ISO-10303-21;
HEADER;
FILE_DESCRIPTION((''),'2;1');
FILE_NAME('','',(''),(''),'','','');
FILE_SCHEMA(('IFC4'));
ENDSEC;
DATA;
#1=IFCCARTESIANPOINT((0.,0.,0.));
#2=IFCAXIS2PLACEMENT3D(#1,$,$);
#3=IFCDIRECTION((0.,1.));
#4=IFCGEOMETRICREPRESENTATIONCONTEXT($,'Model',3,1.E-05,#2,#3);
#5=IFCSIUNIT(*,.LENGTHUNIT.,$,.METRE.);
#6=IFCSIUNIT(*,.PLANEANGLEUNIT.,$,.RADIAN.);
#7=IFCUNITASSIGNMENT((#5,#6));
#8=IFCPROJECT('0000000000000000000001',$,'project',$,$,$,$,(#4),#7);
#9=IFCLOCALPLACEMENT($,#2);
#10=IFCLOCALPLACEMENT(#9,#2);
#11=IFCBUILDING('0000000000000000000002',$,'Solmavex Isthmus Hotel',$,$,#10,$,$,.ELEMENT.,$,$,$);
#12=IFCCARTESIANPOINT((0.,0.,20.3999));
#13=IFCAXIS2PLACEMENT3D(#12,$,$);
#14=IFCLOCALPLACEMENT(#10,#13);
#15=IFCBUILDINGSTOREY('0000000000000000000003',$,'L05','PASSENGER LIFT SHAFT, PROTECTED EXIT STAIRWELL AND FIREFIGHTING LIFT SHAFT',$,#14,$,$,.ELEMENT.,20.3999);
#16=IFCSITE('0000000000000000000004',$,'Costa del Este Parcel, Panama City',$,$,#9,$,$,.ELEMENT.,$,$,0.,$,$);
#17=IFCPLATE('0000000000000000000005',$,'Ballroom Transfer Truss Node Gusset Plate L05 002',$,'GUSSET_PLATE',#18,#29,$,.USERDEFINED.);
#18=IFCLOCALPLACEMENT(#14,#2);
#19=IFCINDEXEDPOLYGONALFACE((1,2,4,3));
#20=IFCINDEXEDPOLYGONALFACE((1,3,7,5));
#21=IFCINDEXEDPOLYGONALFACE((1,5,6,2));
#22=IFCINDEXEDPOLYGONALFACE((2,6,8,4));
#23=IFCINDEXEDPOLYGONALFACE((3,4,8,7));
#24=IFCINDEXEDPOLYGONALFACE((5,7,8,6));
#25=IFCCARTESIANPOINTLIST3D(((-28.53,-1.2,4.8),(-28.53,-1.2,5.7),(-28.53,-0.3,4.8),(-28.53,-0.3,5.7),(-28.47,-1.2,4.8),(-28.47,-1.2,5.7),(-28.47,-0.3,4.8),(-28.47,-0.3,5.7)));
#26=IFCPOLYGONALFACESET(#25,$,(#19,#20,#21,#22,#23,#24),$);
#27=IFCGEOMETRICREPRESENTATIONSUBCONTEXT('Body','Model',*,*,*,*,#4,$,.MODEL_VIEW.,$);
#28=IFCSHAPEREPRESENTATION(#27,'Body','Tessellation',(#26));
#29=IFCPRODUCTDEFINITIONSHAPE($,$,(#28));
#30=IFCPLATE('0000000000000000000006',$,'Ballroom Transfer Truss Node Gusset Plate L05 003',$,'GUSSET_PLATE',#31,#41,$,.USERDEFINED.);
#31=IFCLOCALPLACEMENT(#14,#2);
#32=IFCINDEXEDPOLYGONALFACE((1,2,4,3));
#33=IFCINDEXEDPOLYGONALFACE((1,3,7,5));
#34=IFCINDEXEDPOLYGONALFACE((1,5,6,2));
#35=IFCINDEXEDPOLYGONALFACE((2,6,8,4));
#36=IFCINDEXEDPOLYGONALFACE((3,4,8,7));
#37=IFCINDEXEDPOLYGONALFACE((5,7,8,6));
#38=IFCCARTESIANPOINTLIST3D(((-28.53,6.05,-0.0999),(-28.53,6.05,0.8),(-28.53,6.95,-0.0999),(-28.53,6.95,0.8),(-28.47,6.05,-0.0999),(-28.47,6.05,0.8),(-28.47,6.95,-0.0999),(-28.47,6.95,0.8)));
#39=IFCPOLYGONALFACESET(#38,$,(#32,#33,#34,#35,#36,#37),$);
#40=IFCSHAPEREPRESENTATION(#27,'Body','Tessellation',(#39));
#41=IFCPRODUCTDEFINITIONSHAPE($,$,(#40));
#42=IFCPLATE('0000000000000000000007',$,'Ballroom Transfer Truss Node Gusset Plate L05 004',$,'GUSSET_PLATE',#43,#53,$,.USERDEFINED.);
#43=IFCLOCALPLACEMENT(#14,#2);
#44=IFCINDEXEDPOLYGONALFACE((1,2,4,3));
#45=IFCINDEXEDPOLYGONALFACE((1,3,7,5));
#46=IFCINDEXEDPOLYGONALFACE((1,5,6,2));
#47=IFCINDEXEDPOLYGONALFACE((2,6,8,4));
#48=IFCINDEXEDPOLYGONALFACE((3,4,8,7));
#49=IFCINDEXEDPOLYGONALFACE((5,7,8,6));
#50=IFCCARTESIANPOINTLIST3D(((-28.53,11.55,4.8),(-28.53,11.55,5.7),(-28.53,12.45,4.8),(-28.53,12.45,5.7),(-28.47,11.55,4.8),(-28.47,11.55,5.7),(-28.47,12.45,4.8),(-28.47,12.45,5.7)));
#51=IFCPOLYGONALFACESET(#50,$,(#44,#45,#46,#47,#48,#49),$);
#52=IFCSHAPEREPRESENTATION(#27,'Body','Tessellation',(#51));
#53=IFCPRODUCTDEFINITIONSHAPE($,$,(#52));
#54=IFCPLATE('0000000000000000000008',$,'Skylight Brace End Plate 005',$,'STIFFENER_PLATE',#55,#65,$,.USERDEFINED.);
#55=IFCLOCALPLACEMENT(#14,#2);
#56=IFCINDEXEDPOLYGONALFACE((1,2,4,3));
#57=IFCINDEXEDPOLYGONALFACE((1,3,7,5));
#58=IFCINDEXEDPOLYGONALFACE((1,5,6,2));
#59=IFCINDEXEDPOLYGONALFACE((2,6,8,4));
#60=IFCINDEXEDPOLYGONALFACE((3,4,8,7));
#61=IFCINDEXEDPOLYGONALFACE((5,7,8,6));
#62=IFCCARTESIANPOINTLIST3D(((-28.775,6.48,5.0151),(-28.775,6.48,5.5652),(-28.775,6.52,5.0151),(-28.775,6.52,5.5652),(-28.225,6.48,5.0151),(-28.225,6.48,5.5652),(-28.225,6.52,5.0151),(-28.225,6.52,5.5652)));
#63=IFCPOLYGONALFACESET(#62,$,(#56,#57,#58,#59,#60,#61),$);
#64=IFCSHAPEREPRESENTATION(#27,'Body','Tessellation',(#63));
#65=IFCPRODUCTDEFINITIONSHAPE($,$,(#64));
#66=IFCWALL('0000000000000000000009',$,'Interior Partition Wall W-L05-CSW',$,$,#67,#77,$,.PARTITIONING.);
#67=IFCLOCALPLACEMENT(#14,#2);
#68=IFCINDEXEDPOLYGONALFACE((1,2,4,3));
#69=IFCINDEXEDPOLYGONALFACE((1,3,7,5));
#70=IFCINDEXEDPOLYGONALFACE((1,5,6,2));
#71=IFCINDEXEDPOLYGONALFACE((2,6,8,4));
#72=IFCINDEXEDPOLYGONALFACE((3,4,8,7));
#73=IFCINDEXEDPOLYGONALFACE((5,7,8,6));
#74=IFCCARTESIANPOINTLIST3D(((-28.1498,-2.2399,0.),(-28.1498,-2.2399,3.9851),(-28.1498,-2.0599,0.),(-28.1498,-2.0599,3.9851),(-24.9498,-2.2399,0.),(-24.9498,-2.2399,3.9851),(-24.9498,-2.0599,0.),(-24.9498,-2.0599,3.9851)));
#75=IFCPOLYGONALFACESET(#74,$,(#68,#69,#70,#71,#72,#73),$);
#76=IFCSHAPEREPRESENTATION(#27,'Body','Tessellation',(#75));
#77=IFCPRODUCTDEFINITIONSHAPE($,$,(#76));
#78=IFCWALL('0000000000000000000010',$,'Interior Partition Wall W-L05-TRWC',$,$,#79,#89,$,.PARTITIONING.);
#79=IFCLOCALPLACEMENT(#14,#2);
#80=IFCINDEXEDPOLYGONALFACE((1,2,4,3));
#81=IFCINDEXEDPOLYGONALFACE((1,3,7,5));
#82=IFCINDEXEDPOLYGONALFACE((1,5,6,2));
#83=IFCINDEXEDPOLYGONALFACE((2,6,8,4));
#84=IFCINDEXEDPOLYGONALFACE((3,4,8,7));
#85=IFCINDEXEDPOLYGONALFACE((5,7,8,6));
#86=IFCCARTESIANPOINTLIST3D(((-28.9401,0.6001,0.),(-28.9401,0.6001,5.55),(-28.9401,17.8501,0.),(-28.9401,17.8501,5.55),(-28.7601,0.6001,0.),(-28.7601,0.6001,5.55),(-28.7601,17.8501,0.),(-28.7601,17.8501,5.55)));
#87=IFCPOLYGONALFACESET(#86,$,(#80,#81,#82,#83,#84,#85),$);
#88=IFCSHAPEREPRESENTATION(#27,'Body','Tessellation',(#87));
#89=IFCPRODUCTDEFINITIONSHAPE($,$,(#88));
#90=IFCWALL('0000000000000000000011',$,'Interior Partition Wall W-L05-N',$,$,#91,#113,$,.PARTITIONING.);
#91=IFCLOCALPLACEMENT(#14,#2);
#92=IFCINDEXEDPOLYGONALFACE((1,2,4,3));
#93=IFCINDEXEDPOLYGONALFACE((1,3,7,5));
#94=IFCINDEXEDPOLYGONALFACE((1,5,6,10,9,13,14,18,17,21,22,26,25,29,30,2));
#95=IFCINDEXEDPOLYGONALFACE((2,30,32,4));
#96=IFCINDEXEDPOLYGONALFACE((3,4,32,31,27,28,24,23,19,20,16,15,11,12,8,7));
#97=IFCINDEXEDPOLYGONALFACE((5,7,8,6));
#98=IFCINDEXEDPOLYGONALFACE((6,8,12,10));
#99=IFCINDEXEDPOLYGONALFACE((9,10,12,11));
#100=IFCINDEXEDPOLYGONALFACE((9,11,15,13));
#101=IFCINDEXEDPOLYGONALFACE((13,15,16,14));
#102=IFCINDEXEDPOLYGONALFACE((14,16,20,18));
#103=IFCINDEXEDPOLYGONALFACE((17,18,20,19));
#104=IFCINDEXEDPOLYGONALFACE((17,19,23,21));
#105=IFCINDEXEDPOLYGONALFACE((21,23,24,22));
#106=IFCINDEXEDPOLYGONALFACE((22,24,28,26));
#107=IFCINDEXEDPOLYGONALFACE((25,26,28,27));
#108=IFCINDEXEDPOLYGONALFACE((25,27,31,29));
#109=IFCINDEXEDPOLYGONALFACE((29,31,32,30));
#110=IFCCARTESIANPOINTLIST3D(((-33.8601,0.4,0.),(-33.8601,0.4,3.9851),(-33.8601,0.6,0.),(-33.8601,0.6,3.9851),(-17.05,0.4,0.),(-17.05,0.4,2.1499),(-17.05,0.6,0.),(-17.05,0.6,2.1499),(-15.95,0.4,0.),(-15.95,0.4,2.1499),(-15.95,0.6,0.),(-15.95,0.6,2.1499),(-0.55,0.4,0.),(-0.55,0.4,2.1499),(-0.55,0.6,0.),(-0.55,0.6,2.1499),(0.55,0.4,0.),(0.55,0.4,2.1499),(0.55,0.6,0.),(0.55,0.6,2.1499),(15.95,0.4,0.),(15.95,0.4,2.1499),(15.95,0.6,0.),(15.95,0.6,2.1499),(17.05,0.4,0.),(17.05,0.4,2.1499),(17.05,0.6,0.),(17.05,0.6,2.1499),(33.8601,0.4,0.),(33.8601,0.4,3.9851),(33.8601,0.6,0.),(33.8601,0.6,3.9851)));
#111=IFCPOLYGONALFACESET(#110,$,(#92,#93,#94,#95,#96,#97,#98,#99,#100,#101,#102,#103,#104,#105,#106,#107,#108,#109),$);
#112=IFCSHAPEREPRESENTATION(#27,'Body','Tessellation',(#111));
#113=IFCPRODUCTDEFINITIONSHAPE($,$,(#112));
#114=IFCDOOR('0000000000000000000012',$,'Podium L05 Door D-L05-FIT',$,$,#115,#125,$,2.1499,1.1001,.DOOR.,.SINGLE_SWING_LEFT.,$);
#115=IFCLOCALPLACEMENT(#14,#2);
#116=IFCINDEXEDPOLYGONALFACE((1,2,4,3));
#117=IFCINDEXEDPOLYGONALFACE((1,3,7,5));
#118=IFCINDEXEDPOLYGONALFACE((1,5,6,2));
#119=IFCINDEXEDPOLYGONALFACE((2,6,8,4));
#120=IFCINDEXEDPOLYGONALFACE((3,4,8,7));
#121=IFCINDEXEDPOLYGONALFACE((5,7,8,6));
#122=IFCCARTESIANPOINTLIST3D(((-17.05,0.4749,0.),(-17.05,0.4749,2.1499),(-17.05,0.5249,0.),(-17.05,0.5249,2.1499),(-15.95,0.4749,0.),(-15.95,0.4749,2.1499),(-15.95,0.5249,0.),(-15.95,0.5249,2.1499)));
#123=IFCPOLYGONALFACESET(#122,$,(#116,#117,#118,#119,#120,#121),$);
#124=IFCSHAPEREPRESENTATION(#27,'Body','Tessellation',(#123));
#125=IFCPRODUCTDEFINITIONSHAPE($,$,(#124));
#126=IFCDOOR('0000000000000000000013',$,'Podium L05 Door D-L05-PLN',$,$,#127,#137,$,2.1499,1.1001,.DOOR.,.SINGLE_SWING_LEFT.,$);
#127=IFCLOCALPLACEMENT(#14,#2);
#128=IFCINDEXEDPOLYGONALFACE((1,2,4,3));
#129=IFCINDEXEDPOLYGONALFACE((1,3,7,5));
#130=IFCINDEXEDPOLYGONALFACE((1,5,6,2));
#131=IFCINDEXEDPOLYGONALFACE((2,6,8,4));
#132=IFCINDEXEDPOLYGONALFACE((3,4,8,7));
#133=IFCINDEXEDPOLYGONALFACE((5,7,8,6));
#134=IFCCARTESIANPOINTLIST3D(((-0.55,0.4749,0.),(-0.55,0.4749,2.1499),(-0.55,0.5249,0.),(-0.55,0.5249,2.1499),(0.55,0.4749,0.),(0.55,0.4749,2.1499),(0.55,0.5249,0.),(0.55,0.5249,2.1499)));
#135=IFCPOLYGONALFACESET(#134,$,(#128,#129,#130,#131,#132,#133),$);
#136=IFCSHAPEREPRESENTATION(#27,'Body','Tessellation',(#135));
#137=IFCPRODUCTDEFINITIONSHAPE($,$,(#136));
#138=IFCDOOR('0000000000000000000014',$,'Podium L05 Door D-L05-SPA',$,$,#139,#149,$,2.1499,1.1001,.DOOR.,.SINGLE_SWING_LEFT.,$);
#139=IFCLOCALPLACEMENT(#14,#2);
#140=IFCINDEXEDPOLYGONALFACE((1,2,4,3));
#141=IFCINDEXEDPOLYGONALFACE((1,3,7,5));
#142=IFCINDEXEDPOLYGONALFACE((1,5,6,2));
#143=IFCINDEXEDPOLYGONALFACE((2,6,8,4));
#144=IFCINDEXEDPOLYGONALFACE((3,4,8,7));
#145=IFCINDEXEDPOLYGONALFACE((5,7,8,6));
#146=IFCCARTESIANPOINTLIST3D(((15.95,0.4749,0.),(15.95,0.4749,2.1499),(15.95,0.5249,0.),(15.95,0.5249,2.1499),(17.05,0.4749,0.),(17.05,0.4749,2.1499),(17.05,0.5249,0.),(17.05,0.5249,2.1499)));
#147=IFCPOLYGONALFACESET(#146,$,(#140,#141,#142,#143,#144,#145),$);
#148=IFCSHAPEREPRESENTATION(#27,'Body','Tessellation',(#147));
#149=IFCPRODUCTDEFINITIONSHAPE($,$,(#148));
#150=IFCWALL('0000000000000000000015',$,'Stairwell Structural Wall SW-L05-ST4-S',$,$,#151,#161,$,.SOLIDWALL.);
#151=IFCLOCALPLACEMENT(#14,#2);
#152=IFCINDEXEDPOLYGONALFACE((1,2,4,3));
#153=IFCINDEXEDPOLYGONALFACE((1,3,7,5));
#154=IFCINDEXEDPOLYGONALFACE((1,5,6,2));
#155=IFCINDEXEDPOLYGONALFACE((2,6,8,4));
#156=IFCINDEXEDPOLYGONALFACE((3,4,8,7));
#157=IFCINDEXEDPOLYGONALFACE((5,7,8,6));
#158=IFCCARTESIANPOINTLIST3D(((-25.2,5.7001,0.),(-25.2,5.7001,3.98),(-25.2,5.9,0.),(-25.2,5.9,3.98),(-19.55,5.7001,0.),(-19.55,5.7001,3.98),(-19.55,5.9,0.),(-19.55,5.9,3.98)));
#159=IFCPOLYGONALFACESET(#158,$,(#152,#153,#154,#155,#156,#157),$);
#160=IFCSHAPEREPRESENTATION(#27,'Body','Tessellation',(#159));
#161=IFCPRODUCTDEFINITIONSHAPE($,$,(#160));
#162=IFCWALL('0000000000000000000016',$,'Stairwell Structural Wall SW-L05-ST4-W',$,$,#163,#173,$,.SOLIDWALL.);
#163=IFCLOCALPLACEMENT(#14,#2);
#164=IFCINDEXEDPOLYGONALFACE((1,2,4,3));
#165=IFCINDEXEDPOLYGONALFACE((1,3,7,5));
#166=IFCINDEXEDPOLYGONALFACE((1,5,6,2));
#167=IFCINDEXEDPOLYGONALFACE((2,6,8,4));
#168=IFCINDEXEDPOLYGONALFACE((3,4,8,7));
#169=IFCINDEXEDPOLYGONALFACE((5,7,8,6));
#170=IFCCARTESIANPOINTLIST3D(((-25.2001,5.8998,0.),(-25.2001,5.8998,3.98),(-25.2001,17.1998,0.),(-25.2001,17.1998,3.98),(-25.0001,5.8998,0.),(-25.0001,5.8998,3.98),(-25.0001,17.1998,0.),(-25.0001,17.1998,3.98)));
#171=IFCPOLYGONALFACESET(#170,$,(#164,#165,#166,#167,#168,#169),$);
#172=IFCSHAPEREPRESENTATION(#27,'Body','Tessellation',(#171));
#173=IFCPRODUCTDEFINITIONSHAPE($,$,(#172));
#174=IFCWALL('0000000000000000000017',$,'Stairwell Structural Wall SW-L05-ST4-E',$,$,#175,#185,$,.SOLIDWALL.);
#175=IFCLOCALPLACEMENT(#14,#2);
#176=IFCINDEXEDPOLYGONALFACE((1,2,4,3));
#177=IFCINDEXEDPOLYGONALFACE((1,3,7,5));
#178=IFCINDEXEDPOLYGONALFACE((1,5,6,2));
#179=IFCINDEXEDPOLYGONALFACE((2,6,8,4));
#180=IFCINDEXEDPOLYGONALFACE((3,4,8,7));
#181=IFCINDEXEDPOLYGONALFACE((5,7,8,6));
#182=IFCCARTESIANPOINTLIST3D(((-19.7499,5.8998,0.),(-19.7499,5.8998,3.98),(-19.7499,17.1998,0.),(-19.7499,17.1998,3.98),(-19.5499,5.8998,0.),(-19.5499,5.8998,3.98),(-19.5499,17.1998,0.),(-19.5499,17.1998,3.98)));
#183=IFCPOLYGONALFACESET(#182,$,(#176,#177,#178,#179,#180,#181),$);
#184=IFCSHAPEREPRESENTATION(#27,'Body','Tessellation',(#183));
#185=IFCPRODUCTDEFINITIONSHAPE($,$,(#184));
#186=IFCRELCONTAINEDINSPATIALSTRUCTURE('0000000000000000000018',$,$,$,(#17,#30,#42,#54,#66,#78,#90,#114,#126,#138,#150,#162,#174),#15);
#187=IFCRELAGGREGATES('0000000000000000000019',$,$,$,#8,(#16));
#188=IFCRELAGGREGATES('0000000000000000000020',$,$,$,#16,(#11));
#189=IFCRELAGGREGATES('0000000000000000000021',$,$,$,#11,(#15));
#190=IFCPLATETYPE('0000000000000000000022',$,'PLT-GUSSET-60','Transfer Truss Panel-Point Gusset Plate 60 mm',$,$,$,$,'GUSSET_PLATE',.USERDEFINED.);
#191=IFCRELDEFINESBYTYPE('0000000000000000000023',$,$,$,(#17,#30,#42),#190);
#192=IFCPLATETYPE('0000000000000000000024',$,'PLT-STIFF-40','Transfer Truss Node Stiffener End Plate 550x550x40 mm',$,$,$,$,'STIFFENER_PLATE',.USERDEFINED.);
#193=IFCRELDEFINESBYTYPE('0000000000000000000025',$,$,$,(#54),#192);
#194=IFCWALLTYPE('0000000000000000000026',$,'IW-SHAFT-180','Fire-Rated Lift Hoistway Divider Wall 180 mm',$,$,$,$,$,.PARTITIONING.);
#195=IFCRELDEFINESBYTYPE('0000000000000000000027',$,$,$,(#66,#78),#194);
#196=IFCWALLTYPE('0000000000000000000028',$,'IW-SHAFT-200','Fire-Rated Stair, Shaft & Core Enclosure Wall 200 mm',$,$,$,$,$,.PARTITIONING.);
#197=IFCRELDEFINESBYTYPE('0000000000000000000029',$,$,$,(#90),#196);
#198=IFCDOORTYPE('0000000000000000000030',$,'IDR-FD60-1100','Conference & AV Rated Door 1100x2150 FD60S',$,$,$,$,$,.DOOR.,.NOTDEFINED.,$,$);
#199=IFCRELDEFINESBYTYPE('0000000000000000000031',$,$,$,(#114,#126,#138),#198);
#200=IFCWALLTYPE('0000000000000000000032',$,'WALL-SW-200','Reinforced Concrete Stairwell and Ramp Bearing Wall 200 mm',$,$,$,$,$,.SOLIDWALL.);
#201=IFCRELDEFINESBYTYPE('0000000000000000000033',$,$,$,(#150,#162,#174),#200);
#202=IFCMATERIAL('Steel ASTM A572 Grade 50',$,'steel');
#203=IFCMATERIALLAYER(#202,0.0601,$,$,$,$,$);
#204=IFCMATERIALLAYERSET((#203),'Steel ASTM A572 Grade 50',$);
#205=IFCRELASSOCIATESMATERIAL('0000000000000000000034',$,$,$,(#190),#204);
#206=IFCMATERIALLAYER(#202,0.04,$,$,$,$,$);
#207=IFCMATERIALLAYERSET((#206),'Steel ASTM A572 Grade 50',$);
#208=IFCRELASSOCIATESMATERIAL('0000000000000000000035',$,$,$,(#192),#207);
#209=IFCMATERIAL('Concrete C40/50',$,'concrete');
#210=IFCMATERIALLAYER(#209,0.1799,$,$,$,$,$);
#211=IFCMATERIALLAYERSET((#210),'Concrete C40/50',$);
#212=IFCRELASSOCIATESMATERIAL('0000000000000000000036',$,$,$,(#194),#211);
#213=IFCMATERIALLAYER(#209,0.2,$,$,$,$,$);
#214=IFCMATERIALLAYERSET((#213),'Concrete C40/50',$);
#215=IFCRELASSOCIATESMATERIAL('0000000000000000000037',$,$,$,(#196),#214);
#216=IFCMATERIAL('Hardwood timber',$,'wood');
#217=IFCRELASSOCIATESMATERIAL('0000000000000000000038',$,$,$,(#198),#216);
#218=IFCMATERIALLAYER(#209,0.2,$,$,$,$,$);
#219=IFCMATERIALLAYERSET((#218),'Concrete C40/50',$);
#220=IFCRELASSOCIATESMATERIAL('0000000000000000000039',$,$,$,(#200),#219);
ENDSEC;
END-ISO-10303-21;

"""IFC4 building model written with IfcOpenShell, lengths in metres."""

from ifc_helpers import new_model, si_unit, direction, frame, frame_2d, origin, origin_2d, place, context, subcontext, project, spatial, rectangle, extrude, material, layer, layer_set, type_object, element, fill, save


model = new_model("IFC4")

# Units and contexts
model_context = context("Model", 3, precision=1e-05, world=origin(), true_north=direction((0.0, 1.0)))
body_context = subcontext(model_context, "Body", "Model", "MODEL_VIEW")
ifc_project = project(units=[si_unit("LENGTHUNIT", "METRE"), si_unit("PLANEANGLEUNIT", "RADIAN")], contexts=[model_context])

# Site, building, storey
site_placement = place(None, origin())
site = spatial("IfcSite", under=ifc_project, at=site_placement, Name="Costa del Este Parcel, Panama City", CompositionType="ELEMENT", RefElevation=0.0)
building_placement = place(site_placement, origin())
building = spatial("IfcBuilding", under=site, at=building_placement, Name="Solmavex Isthmus Hotel", CompositionType="ELEMENT")
storey_placement = place(building_placement, frame((0.0, 0.0, 20.3999)))
storey = spatial("IfcBuildingStorey", under=building, at=storey_placement, Name="L05", Description="PASSENGER LIFT SHAFT, PROTECTED EXIT STAIRWELL AND FIREFIGHTING LIFT SHAFT", CompositionType="ELEMENT", Elevation=20.3999)

# Plates
ifc_material_1 = material(Name="Steel ASTM A572 Grade 50", Category="steel")
ifc_layer_1 = layer(ifc_material_1, 0.0601)
ifc_layer_set_1 = layer_set([ifc_layer_1], Name="Steel ASTM A572 Grade 50")
plate_type_1 = type_object("IfcPlateType", Name="PLT-GUSSET-60", Description="Transfer Truss Panel-Point Gusset Plate 60 mm", ElementType="GUSSET_PLATE", PredefinedType="USERDEFINED", material=ifc_layer_set_1)
for number, where, z_axis, x_axis, name in (
    (1, (-28.5, -0.75, 4.8), (0.0, 0.0, 1.0), (0.0, 1.0, 0.0), "Ballroom Transfer Truss Node Gusset Plate L05 002"),
    (2, (-28.5, 6.5, -0.0999), (0.0, 0.0, 1.0), (0.0, 1.0, 0.0), "Ballroom Transfer Truss Node Gusset Plate L05 003"),
    (3, (-28.5, 12.0, 4.8), (0.0, 0.0, 1.0), (0.0, 1.0, 0.0), "Ballroom Transfer Truss Node Gusset Plate L05 004"),
):
    element("IfcPlate", number, at=place(storey_placement, frame(where, z_axis=z_axis, x_axis=x_axis)), inside=storey, type_object=plate_type_1, Name=name, ObjectType="GUSSET_PLATE", PredefinedType="USERDEFINED", context=body_context, shape_type="SweptSolid", body=[
        extrude(rectangle(XDim=0.8999, YDim=0.0601, at=origin_2d()), origin(), (0.0, 0.0, 1.0), 0.8999),
    ])
ifc_layer_2 = layer(ifc_material_1, 0.04)
ifc_layer_set_2 = layer_set([ifc_layer_2], Name="Steel ASTM A572 Grade 50")
plate_type_2 = type_object("IfcPlateType", Name="PLT-STIFF-40", Description="Transfer Truss Node Stiffener End Plate 550x550x40 mm", ElementType="STIFFENER_PLATE", PredefinedType="USERDEFINED", material=ifc_layer_set_2)
plate_placement = place(storey_placement, frame((-28.5, 6.5, 5.0151), z_axis=(0.0, 0.0, 1.0), x_axis=(1.0, 0.0, 0.0)))
element("IfcPlate", 4, at=plate_placement, inside=storey, type_object=plate_type_2, Name="Skylight Brace End Plate 005", ObjectType="STIFFENER_PLATE", PredefinedType="USERDEFINED", context=body_context, shape_type="SweptSolid", body=[
    extrude(rectangle(XDim=0.55, YDim=0.04, at=origin_2d()), origin(), (0.0, 0.0, 1.0), 0.55),
])

# Walls
ifc_material_2 = material(Name="Concrete C40/50", Category="concrete")
ifc_layer_3 = layer(ifc_material_2, 0.1799)
ifc_layer_set_3 = layer_set([ifc_layer_3], Name="Concrete C40/50")
wall_type_1 = type_object("IfcWallType", Name="IW-SHAFT-180", Description="Fire-Rated Lift Hoistway Divider Wall 180 mm", PredefinedType="PARTITIONING", material=ifc_layer_set_3)
wall_1_placement = place(storey_placement, frame((-28.1499, -2.1499, 0.0), z_axis=(0.0, 0.0, 1.0), x_axis=(1.0, 0.0, 0.0)))
element("IfcWall", 5, at=wall_1_placement, inside=storey, type_object=wall_type_1, Name="Interior Partition Wall W-L05-CSW", PredefinedType="PARTITIONING", context=body_context, shape_type="SweptSolid", body=[
    extrude(rectangle(XDim=3.2, YDim=0.1799, at=frame_2d((1.6001, 0.0))), origin(), (0.0, 0.0, 1.0), 3.9851),
])
wall_2_placement = place(storey_placement, frame((-28.8501, 0.6001, 0.0), z_axis=(0.0, 0.0, 1.0), x_axis=(0.0, 1.0, 0.0)))
element("IfcWall", 6, at=wall_2_placement, inside=storey, type_object=wall_type_1, Name="Interior Partition Wall W-L05-TRWC", PredefinedType="PARTITIONING", context=body_context, shape_type="SweptSolid", body=[
    extrude(rectangle(XDim=17.25, YDim=0.1799, at=frame_2d((8.625, 0.0))), origin(), (0.0, 0.0, 1.0), 5.55),
])

# Wall, openings, doors
ifc_layer_4 = layer(ifc_material_2, 0.2)
ifc_layer_set_4 = layer_set([ifc_layer_4], Name="Concrete C40/50")
wall_type_2 = type_object("IfcWallType", Name="IW-SHAFT-200", Description="Fire-Rated Stair, Shaft & Core Enclosure Wall 200 mm", PredefinedType="PARTITIONING", material=ifc_layer_set_4)
wall_3_placement = place(storey_placement, frame((-33.8601, 0.5, 0.0), z_axis=(0.0, 0.0, 1.0), x_axis=(1.0, 0.0, 0.0)))
wall_3 = element("IfcWall", 7, at=wall_3_placement, inside=storey, type_object=wall_type_2, Name="Interior Partition Wall W-L05-N", PredefinedType="PARTITIONING", context=body_context, shape_type="SweptSolid", body=[
    extrude(rectangle(XDim=67.7202, YDim=0.2, at=frame_2d((33.8601, 0.0))), origin(), (0.0, 0.0, 1.0), 3.9851),
])
opening_1_placement = place(wall_3_placement, frame((16.8101, 0.0, 0.0)))
opening_1 = element("IfcOpeningElement", 8, at=opening_1_placement, cuts=wall_3, PredefinedType="OPENING", context=body_context, shape_type="SweptSolid", body=[
    extrude(rectangle(XDim=1.1001, YDim=2.1499, at=frame_2d((0.55, 1.075))), frame((0.0, 0.1099, 0.0), z_axis=(0.0, -1.0, 0.0), x_axis=(1.0, 0.0, 0.0)), (0.0, 0.0, 1.0), 0.22),
])
opening_2_placement = place(wall_3_placement, frame((33.3101, 0.0, 0.0)))
opening_2 = element("IfcOpeningElement", 9, at=opening_2_placement, cuts=wall_3, PredefinedType="OPENING", context=body_context, shape_type="SweptSolid", body=[
    extrude(rectangle(XDim=1.1001, YDim=2.1499, at=frame_2d((0.55, 1.075))), frame((0.0, 0.1099, 0.0), z_axis=(0.0, -1.0, 0.0), x_axis=(1.0, 0.0, 0.0)), (0.0, 0.0, 1.0), 0.22),
])
opening_3_placement = place(wall_3_placement, frame((49.8101, 0.0, 0.0)))
opening_3 = element("IfcOpeningElement", 10, at=opening_3_placement, cuts=wall_3, PredefinedType="OPENING", context=body_context, shape_type="SweptSolid", body=[
    extrude(rectangle(XDim=1.1001, YDim=2.1499, at=frame_2d((0.55, 1.075))), frame((0.0, 0.1099, 0.0), z_axis=(0.0, -1.0, 0.0), x_axis=(1.0, 0.0, 0.0)), (0.0, 0.0, 1.0), 0.22),
])
ifc_material_3 = material(Name="Hardwood timber", Category="wood")
door_type = type_object("IfcDoorType", Name="IDR-FD60-1100", Description="Conference & AV Rated Door 1100x2150 FD60S", OperationType="NOTDEFINED", PredefinedType="DOOR", material=ifc_material_3)
door_1_placement = place(opening_1_placement, origin())
door_1 = element("IfcDoor", 11, at=door_1_placement, inside=storey, type_object=door_type, Name="Podium L05 Door D-L05-FIT", OperationType="SINGLE_SWING_LEFT", OverallHeight=2.1499, OverallWidth=1.1001, PredefinedType="DOOR", context=body_context, shape_type="SweptSolid", body=[
    extrude(rectangle(XDim=1.1001, YDim=2.1499, at=frame_2d((0.55, 1.075))), frame((0.0, 0.0249, 0.0), z_axis=(0.0, -1.0, 0.0), x_axis=(1.0, 0.0, 0.0)), (0.0, 0.0, 1.0), 0.05),
])
fill(opening_1, door_1)
door_2_placement = place(opening_2_placement, origin())
door_2 = element("IfcDoor", 12, at=door_2_placement, inside=storey, type_object=door_type, Name="Podium L05 Door D-L05-PLN", OperationType="SINGLE_SWING_LEFT", OverallHeight=2.1499, OverallWidth=1.1001, PredefinedType="DOOR", context=body_context, shape_type="SweptSolid", body=[
    extrude(rectangle(XDim=1.1001, YDim=2.1499, at=frame_2d((0.55, 1.075))), frame((0.0, 0.0249, 0.0), z_axis=(0.0, -1.0, 0.0), x_axis=(1.0, 0.0, 0.0)), (0.0, 0.0, 1.0), 0.05),
])
fill(opening_2, door_2)
door_3_placement = place(opening_3_placement, origin())
door_3 = element("IfcDoor", 13, at=door_3_placement, inside=storey, type_object=door_type, Name="Podium L05 Door D-L05-SPA", OperationType="SINGLE_SWING_LEFT", OverallHeight=2.1499, OverallWidth=1.1001, PredefinedType="DOOR", context=body_context, shape_type="SweptSolid", body=[
    extrude(rectangle(XDim=1.1001, YDim=2.1499, at=frame_2d((0.55, 1.075))), frame((0.0, 0.0249, 0.0), z_axis=(0.0, -1.0, 0.0), x_axis=(1.0, 0.0, 0.0)), (0.0, 0.0, 1.0), 0.05),
])
fill(opening_3, door_3)

# Walls
ifc_layer_5 = layer(ifc_material_2, 0.2)
ifc_layer_set_5 = layer_set([ifc_layer_5], Name="Concrete C40/50")
wall_type_3 = type_object("IfcWallType", Name="WALL-SW-200", Description="Reinforced Concrete Stairwell and Ramp Bearing Wall 200 mm", PredefinedType="SOLIDWALL", material=ifc_layer_set_5)
wall_4_placement = place(storey_placement, frame((-25.2, 5.8, 0.0), z_axis=(0.0, 0.0, 1.0), x_axis=(1.0, 0.0, 0.0)))
element("IfcWall", 14, at=wall_4_placement, inside=storey, type_object=wall_type_3, Name="Stairwell Structural Wall SW-L05-ST4-S", PredefinedType="SOLIDWALL", context=body_context, shape_type="SweptSolid", body=[
    extrude(rectangle(XDim=5.6499, YDim=0.2, at=frame_2d((2.825, 0.0))), origin(), (0.0, 0.0, 1.0), 3.98),
])
for number, where, z_axis, x_axis, name in (
    (15, (-25.1001, 5.8999, 0.0), (0.0, 0.0, 1.0), (0.0, 1.0, 0.0), "Stairwell Structural Wall SW-L05-ST4-W"),
    (16, (-19.6499, 5.8999, 0.0), (0.0, 0.0, 1.0), (0.0, 1.0, 0.0), "Stairwell Structural Wall SW-L05-ST4-E"),
):
    element("IfcWall", number, at=place(storey_placement, frame(where, z_axis=z_axis, x_axis=x_axis)), inside=storey, type_object=wall_type_3, Name=name, PredefinedType="SOLIDWALL", context=body_context, shape_type="SweptSolid", body=[
        extrude(rectangle(XDim=11.3, YDim=0.2, at=frame_2d((5.6499, 0.0))), origin(), (0.0, 0.0, 1.0), 3.98),
    ])

save(model, "model.ifc")
